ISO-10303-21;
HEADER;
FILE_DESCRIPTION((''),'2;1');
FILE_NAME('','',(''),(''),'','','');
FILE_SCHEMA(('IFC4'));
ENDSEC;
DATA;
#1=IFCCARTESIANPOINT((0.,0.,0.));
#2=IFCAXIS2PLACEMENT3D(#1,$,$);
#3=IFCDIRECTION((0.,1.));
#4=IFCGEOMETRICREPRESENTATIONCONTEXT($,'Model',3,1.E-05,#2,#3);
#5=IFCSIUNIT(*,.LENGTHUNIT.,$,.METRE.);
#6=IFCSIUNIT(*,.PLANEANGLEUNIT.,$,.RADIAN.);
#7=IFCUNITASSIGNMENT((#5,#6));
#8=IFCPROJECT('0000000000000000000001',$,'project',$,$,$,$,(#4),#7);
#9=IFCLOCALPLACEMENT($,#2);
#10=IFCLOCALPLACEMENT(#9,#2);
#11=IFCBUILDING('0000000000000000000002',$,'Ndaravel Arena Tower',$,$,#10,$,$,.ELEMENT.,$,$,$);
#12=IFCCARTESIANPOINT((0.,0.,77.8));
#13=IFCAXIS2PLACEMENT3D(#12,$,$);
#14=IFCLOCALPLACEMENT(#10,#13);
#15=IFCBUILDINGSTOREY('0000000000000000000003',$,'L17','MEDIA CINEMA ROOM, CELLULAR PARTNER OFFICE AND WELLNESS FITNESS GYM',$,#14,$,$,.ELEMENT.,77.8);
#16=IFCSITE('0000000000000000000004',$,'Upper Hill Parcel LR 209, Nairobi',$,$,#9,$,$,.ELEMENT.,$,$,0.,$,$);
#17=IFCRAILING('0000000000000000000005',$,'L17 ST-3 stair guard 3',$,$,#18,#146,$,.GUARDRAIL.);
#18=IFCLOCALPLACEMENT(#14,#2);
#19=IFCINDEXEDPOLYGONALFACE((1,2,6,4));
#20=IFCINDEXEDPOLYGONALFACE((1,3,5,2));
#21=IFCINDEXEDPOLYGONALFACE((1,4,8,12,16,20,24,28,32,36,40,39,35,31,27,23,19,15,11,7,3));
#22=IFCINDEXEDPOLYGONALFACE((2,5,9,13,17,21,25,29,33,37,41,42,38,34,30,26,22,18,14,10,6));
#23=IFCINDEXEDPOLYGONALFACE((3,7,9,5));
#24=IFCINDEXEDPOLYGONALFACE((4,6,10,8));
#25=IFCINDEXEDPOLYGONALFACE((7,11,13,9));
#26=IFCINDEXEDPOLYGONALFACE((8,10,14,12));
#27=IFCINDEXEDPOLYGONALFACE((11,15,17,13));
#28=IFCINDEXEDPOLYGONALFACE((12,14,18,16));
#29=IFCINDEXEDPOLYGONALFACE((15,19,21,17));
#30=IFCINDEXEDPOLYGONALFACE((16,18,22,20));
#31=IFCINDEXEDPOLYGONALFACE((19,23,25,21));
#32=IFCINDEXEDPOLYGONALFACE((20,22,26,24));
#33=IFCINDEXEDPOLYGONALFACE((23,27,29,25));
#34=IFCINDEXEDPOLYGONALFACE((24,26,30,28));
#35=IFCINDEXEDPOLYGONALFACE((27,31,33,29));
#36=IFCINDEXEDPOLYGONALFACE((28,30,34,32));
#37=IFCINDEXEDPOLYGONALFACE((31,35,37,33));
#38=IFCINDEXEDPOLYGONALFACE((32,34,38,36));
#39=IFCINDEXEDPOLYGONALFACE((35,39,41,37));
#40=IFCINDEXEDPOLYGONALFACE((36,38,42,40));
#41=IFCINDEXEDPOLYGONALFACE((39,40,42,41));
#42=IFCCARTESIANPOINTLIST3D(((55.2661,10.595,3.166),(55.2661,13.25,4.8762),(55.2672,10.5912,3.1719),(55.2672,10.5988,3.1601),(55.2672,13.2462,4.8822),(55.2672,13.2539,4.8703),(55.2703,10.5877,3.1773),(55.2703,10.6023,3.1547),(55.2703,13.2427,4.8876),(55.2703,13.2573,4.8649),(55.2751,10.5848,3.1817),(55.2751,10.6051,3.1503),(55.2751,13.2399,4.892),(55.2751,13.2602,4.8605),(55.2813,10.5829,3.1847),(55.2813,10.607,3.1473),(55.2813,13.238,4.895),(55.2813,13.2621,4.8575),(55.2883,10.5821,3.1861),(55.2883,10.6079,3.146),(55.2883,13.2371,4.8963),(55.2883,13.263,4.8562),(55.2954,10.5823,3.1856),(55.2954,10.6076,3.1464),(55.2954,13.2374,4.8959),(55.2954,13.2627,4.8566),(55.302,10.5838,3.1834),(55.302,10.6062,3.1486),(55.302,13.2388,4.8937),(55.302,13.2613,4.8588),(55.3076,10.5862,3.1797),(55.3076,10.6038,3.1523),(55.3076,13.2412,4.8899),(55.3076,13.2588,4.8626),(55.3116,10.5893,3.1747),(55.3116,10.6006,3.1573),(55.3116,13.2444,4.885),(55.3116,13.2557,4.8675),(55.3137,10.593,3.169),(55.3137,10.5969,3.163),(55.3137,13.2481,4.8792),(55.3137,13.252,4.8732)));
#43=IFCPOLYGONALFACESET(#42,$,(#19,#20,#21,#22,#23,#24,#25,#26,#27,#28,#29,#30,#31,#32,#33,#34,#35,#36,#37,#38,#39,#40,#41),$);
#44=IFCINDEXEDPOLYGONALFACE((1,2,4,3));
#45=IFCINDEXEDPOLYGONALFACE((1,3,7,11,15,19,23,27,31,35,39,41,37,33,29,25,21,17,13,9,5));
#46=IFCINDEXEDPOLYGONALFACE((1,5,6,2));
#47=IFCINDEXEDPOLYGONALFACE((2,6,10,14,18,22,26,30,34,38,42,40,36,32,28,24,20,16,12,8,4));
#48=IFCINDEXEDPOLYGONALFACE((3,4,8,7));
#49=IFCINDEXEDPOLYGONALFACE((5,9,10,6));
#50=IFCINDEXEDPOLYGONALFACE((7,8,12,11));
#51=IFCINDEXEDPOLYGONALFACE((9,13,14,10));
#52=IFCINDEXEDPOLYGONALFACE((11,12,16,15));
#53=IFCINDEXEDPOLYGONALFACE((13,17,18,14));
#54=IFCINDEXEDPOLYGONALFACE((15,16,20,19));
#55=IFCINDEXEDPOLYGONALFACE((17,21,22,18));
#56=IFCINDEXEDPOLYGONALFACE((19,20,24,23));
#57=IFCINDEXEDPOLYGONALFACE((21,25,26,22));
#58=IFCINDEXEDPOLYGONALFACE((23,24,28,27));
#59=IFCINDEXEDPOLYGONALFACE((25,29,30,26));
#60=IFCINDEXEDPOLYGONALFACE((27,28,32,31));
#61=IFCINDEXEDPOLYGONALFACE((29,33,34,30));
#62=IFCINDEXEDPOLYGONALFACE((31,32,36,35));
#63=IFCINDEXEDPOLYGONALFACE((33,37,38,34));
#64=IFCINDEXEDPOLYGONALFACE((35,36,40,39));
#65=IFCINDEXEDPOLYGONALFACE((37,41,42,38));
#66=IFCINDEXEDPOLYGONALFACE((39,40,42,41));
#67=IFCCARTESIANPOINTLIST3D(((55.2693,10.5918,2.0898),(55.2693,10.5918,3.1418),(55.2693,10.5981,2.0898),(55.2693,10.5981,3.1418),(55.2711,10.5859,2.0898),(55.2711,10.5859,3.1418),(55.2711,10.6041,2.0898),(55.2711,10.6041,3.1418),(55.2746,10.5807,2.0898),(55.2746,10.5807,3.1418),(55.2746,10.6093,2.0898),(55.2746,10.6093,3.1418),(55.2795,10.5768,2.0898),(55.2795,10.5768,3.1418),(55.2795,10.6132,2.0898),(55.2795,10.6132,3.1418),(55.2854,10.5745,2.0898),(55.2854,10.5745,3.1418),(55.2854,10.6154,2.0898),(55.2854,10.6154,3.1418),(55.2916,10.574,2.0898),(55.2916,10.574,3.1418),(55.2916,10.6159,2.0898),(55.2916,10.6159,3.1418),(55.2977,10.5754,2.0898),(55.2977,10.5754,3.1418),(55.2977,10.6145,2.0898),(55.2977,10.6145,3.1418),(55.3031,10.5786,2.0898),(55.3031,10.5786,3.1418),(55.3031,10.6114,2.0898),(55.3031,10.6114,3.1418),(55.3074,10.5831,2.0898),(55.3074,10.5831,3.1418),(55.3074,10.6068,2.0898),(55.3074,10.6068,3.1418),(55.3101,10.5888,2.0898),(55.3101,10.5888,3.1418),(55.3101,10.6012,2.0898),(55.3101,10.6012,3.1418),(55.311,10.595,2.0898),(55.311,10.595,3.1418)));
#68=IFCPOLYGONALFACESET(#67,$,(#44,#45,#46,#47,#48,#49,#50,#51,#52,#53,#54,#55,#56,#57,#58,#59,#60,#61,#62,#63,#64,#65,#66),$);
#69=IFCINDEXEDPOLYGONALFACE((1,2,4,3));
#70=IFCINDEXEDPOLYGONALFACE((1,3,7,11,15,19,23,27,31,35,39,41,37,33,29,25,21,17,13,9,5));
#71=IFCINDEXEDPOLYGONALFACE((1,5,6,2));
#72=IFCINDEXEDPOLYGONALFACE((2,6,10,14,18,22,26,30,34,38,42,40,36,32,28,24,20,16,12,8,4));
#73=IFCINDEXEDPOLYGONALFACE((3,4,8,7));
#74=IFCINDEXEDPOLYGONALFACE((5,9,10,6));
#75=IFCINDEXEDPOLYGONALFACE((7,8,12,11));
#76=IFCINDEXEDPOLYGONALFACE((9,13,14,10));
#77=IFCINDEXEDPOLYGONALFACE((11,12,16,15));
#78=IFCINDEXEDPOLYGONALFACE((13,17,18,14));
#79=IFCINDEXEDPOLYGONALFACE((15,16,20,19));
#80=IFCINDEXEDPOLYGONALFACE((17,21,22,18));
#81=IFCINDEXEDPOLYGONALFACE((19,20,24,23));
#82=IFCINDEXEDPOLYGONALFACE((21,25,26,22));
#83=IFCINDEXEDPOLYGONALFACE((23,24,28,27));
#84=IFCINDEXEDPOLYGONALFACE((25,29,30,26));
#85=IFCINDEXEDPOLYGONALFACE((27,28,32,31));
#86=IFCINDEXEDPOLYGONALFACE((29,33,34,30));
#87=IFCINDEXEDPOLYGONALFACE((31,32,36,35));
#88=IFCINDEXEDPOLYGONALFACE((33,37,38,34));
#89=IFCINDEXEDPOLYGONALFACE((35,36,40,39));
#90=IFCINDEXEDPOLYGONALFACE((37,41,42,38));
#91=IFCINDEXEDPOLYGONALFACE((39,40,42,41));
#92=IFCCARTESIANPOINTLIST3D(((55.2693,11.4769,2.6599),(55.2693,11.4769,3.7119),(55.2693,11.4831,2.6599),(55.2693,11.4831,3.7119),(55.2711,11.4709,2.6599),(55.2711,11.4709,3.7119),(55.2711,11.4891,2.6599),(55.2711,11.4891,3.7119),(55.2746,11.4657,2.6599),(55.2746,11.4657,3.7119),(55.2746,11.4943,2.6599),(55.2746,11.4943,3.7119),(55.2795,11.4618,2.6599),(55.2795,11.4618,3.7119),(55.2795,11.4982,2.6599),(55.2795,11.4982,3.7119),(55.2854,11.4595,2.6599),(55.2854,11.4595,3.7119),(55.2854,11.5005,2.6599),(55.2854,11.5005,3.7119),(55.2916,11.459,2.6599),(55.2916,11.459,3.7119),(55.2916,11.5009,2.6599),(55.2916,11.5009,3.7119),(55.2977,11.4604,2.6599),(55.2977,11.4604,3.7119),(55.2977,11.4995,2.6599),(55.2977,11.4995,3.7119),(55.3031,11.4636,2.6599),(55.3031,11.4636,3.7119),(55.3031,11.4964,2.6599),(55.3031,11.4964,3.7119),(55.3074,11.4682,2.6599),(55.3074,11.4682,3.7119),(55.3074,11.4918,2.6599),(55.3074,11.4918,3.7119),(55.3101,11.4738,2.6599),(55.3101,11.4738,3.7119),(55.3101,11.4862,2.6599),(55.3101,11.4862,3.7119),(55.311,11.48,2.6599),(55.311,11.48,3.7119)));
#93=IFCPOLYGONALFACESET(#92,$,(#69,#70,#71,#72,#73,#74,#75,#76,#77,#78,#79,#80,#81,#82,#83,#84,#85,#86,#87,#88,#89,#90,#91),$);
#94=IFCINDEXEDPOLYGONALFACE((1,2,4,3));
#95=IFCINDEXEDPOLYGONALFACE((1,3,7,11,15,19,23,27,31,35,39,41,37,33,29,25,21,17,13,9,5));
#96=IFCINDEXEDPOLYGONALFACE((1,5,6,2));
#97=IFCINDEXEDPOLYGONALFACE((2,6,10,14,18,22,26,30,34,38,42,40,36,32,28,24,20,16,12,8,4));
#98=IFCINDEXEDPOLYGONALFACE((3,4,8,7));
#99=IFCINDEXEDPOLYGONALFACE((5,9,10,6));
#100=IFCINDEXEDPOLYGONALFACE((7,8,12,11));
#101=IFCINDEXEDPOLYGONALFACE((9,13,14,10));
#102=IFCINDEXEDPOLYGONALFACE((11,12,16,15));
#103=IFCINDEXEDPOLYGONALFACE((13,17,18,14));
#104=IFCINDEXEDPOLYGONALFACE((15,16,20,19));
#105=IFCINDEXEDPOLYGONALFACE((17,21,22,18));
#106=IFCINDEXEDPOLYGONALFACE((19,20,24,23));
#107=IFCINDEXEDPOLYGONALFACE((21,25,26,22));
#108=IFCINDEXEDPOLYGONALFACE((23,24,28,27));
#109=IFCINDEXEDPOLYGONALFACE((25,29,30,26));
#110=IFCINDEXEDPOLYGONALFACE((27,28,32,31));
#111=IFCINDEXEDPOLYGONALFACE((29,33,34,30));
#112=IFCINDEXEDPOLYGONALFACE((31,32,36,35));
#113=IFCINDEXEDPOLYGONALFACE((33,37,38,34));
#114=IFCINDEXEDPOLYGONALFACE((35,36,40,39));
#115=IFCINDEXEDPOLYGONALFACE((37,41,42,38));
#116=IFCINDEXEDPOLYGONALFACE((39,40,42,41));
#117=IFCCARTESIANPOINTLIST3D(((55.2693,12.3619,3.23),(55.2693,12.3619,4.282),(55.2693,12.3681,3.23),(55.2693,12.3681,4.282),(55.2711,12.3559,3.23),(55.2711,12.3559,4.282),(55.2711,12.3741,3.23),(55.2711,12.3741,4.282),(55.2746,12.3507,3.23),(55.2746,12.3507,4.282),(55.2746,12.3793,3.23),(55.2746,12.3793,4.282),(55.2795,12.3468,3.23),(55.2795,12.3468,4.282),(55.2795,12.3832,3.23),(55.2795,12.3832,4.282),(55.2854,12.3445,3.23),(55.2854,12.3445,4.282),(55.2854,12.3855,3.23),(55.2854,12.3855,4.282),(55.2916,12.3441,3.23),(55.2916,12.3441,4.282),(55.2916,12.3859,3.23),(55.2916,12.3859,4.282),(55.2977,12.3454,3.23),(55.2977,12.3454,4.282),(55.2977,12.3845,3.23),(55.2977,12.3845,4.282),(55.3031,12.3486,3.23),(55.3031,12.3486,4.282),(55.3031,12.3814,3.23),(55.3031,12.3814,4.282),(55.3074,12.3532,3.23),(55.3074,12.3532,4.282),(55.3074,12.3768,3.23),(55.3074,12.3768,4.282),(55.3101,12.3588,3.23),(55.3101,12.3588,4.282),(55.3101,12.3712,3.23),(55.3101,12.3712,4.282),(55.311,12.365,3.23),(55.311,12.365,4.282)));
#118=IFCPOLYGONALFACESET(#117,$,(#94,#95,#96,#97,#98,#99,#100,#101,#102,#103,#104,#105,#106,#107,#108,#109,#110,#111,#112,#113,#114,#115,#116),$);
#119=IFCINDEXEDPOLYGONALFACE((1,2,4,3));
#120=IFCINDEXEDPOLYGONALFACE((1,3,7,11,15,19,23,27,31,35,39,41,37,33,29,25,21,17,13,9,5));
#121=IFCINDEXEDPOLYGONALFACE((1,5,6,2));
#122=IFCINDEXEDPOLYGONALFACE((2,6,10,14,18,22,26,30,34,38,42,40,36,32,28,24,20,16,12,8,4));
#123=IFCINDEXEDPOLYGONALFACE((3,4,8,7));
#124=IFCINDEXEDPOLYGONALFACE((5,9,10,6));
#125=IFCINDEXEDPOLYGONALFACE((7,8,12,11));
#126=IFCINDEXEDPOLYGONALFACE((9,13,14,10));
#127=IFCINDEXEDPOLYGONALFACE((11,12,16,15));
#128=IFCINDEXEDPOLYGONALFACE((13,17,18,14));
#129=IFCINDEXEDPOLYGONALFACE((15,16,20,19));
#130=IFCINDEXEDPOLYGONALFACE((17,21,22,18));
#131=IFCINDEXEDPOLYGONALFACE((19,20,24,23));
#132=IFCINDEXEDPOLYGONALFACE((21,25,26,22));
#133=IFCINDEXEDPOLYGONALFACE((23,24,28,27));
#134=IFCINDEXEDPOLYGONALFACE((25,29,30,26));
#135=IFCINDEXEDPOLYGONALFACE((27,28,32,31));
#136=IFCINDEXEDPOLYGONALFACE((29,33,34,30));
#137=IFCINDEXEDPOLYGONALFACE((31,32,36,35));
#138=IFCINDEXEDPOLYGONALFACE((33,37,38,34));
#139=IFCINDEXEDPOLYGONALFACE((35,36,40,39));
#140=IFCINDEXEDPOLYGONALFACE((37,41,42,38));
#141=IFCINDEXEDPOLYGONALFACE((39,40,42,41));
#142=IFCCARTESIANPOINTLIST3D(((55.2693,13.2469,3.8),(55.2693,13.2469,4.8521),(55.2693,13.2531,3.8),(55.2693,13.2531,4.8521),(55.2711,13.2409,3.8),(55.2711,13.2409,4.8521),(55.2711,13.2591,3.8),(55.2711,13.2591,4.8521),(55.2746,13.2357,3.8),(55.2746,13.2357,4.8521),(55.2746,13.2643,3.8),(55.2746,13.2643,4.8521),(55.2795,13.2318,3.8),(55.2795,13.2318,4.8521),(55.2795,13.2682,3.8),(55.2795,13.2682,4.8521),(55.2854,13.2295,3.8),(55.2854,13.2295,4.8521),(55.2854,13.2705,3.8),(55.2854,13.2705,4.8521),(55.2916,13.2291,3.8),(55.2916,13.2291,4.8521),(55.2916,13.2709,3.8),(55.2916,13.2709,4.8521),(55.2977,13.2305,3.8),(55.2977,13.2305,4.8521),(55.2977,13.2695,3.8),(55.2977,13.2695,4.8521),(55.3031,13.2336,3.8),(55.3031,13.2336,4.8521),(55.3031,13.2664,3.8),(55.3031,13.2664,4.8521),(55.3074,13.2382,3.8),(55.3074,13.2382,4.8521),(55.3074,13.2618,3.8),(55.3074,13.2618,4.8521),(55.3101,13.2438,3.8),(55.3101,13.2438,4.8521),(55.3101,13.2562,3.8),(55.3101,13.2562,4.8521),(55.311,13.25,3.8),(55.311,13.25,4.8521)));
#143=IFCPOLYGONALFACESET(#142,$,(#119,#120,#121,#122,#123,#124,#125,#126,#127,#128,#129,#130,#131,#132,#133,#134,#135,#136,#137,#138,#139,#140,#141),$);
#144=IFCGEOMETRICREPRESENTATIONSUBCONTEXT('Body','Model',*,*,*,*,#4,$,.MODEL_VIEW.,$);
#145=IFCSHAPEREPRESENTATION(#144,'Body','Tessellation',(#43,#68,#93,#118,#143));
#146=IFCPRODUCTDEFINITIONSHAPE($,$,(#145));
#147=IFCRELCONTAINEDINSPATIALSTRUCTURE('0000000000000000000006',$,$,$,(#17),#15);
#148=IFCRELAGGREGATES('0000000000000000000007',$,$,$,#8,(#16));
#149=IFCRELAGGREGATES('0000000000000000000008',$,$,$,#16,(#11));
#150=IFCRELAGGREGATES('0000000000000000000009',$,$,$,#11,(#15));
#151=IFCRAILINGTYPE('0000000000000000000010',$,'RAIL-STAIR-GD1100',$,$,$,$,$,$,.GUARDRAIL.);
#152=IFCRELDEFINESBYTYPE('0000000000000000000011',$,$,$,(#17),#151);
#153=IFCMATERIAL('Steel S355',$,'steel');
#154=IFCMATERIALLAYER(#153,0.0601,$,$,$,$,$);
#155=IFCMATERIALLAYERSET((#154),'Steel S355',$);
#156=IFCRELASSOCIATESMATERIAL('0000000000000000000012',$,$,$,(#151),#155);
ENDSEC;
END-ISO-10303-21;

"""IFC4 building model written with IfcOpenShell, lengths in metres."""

from ifc_helpers import new_model, si_unit, direction, frame, origin, origin_2d, place, context, subcontext, project, spatial, circle, extrude, material, layer, layer_set, type_object, element, save


model = new_model("IFC4")

# Units and contexts
model_context = context("Model", 3, precision=1e-05, world=origin(), true_north=direction((0.0, 1.0)))
body_context = subcontext(model_context, "Body", "Model", "MODEL_VIEW")
ifc_project = project(units=[si_unit("LENGTHUNIT", "METRE"), si_unit("PLANEANGLEUNIT", "RADIAN")], contexts=[model_context])

# Site, building, storey
site_placement = place(None, origin())
site = spatial("IfcSite", under=ifc_project, at=site_placement, Name="Upper Hill Parcel LR 209, Nairobi", CompositionType="ELEMENT", RefElevation=0.0)
building_placement = place(site_placement, origin())
building = spatial("IfcBuilding", under=site, at=building_placement, Name="Ndaravel Arena Tower", CompositionType="ELEMENT")
storey_placement = place(building_placement, frame((0.0, 0.0, 77.8)))
storey = spatial("IfcBuildingStorey", under=building, at=storey_placement, Name="L17", Description="MEDIA CINEMA ROOM, CELLULAR PARTNER OFFICE AND WELLNESS FITNESS GYM", CompositionType="ELEMENT", Elevation=77.8)

# Railing
ifc_material_1 = material(Name="Steel S355", Category="steel")
ifc_layer_1 = layer(ifc_material_1, 0.0601)
ifc_layer_set_1 = layer_set([ifc_layer_1], Name="Steel S355")
railing_type_1 = type_object("IfcRailingType", Name="RAIL-STAIR-GD1100", PredefinedType="GUARDRAIL", material=ifc_layer_set_1)
railing_1_placement = place(storey_placement, frame((55.29, 10.595, 2.0898)))
element("IfcRailing", 1, at=railing_1_placement, inside=storey, type_object=railing_type_1, Name="L17 ST-3 stair guard 3", PredefinedType="GUARDRAIL", context=body_context, shape_type="SweptSolid", body=[
    extrude(circle(Radius=0.0239, at=origin_2d()), frame((0.0, 0.0, 1.0762), z_axis=(0.0, 0.840688, 0.541519), x_axis=(-1.0, 0.0, 0.0)), (0.0, 0.0, 1.0), 3.1582),
    extrude(circle(Radius=0.021, at=origin_2d()), origin(), (0.0, 0.0, 1.0), 1.052),
    extrude(circle(Radius=0.021, at=origin_2d()), frame((0.0, 0.885, 0.5701)), (0.0, 0.0, 1.0), 1.052),
    extrude(circle(Radius=0.021, at=origin_2d()), frame((0.0, 1.77, 1.1401)), (0.0, 0.0, 1.0), 1.052),
    extrude(circle(Radius=0.021, at=origin_2d()), frame((0.0, 2.655, 1.7102)), (0.0, 0.0, 1.0), 1.052),
])

save(model, "model.ifc")
